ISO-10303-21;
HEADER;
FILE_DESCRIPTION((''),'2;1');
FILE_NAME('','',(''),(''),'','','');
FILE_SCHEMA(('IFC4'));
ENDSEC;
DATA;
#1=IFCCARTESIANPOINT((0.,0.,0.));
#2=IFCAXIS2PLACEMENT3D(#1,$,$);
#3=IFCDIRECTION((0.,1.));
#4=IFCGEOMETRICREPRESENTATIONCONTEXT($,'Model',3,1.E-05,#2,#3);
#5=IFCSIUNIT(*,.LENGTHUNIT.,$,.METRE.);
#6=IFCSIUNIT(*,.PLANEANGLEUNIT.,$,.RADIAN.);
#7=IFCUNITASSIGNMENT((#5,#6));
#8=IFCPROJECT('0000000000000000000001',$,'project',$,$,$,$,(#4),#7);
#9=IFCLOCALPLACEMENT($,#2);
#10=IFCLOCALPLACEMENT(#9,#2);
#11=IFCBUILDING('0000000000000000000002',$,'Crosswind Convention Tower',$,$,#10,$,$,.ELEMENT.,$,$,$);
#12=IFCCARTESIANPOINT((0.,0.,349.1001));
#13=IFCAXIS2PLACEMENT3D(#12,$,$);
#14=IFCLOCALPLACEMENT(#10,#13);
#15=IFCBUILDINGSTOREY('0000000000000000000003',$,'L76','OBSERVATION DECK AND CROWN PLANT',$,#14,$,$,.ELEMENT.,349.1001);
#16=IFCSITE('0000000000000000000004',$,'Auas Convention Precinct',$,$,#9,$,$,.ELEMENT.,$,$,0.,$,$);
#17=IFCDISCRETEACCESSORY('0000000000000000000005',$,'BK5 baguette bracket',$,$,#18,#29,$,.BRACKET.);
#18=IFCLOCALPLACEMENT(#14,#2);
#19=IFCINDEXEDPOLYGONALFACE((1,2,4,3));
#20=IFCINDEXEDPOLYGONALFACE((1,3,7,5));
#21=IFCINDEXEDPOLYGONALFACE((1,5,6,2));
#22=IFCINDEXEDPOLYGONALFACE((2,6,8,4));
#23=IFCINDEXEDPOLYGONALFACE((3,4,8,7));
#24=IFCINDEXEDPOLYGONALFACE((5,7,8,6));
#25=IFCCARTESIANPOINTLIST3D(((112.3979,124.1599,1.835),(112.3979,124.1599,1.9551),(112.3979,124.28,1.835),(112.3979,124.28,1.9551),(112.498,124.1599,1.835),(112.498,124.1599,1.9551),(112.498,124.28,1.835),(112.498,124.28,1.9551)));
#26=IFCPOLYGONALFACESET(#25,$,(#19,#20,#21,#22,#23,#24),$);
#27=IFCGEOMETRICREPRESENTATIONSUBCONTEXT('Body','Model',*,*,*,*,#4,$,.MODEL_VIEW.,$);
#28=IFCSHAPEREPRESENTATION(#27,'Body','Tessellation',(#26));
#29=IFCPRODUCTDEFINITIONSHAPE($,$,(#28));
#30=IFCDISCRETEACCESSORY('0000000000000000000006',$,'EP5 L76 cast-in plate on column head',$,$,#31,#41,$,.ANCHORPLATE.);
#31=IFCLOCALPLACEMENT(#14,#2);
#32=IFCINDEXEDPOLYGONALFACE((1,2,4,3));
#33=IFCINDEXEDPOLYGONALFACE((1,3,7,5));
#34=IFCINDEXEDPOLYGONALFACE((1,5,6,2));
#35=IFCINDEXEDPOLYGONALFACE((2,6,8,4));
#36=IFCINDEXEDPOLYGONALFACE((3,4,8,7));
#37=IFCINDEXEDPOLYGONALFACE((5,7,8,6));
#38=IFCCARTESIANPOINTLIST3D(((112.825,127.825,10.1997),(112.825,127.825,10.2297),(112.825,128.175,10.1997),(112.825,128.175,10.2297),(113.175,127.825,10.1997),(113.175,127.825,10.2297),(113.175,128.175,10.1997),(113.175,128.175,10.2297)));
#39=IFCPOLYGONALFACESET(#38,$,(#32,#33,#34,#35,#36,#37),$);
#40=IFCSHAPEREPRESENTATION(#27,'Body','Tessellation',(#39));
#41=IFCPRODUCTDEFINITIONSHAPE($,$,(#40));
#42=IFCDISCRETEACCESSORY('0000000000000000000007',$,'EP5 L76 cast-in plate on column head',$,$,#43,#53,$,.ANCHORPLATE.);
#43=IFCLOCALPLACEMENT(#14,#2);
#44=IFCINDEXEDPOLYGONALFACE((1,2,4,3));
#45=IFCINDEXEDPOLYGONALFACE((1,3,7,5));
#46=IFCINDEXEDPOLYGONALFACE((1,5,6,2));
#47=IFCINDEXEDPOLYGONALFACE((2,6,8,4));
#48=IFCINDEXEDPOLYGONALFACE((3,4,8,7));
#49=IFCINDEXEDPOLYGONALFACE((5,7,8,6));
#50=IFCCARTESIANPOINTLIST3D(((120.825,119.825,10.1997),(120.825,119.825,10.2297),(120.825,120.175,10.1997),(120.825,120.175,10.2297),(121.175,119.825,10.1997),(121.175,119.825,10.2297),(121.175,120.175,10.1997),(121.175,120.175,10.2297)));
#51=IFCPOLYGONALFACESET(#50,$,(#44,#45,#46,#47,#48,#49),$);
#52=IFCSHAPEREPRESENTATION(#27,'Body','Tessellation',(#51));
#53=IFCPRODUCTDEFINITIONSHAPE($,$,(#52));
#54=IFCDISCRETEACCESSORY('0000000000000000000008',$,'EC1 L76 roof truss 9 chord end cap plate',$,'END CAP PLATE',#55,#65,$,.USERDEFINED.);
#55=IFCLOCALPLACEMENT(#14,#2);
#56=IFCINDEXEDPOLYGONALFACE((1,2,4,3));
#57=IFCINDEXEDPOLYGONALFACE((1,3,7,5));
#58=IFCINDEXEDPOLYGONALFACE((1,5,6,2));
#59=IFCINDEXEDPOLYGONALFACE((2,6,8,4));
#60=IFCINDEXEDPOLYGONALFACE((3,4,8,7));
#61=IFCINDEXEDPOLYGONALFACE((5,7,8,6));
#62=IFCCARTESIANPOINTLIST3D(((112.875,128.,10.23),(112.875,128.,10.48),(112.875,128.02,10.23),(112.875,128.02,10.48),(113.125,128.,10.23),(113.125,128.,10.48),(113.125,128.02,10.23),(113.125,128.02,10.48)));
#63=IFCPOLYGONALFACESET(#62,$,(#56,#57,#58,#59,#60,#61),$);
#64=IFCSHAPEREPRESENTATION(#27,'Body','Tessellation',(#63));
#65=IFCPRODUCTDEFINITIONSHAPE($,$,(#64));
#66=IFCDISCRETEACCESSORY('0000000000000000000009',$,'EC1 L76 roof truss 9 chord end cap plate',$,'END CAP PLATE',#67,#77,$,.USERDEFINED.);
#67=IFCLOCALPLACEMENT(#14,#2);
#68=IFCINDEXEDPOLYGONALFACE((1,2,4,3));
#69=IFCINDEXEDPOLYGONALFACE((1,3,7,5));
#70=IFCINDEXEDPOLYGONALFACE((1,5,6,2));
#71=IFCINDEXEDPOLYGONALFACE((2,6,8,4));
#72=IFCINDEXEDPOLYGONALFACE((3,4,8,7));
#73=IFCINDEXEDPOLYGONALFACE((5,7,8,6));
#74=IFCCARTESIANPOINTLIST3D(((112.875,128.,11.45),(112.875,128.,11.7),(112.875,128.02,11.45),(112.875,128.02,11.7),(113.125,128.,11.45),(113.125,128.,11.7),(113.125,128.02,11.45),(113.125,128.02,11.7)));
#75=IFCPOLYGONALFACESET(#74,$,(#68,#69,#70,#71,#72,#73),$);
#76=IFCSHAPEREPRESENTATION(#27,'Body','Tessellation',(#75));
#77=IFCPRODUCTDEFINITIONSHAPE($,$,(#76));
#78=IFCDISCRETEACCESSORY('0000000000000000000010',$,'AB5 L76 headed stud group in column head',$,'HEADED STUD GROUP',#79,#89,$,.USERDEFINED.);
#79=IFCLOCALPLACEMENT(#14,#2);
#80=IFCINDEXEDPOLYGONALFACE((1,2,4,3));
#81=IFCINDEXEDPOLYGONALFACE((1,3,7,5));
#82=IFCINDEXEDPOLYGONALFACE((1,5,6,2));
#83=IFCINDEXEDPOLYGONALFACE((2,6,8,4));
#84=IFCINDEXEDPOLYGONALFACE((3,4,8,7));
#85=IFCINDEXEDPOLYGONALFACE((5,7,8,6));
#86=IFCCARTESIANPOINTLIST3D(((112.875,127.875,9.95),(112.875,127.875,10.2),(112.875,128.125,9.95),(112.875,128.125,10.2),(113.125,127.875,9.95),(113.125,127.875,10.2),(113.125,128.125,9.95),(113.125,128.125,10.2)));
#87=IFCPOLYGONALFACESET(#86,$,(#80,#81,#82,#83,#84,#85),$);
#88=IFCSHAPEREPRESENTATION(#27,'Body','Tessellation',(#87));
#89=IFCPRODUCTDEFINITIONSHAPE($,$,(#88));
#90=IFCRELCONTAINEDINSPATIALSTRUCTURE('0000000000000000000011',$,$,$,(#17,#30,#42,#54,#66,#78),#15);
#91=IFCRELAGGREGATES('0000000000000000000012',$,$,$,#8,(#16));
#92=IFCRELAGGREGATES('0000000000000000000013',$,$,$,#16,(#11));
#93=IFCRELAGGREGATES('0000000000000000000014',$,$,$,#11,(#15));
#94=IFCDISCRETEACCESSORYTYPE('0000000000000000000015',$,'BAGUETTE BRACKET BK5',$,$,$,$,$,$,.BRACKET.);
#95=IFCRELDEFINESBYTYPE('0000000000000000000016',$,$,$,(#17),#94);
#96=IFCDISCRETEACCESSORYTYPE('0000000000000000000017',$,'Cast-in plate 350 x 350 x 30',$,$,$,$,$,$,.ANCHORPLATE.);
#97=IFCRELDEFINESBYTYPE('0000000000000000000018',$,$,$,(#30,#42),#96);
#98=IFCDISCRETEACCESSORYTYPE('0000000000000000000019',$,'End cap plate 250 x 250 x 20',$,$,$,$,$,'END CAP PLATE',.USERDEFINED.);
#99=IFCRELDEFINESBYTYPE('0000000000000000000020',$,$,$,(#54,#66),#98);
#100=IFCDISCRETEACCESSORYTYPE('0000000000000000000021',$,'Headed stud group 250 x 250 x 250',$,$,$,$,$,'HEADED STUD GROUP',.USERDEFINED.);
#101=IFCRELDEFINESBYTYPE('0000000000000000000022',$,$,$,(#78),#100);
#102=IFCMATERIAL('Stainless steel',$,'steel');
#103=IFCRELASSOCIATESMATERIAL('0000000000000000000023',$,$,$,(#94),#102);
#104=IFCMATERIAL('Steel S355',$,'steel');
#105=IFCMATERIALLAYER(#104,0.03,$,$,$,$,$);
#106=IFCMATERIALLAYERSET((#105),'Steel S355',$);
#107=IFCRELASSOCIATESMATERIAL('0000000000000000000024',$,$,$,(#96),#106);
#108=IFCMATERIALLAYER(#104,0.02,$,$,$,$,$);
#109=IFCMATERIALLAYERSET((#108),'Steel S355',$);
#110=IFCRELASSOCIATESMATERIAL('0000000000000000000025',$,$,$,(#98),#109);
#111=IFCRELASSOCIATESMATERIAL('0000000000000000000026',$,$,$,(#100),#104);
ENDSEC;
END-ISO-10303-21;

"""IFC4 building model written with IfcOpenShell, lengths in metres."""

from ifc_helpers import new_model, si_unit, direction, frame, origin, origin_2d, place, context, subcontext, project, spatial, rectangle, extrude, material, layer, layer_set, type_object, element, save


model = new_model("IFC4")

# Units and contexts
model_context = context("Model", 3, precision=1e-05, world=origin(), true_north=direction((0.0, 1.0)))
body_context = subcontext(model_context, "Body", "Model", "MODEL_VIEW")
ifc_project = project(units=[si_unit("LENGTHUNIT", "METRE"), si_unit("PLANEANGLEUNIT", "RADIAN")], contexts=[model_context])

# Site, building, storey
site_placement = place(None, origin())
site = spatial("IfcSite", under=ifc_project, at=site_placement, Name="Auas Convention Precinct", CompositionType="ELEMENT", RefElevation=0.0)
building_placement = place(site_placement, origin())
building = spatial("IfcBuilding", under=site, at=building_placement, Name="Crosswind Convention Tower", CompositionType="ELEMENT")
storey_placement = place(building_placement, frame((0.0, 0.0, 349.1001)))
storey = spatial("IfcBuildingStorey", under=building, at=storey_placement, Name="L76", Description="OBSERVATION DECK AND CROWN PLANT", CompositionType="ELEMENT", Elevation=349.1001)

# Shared definitions
ifc_material_1 = material(Name="Steel S355", Category="steel")

# Discrete accessories
ifc_material_2 = material(Name="Stainless steel", Category="steel")
discrete_accessory_type_1 = type_object("IfcDiscreteAccessoryType", Name="BAGUETTE BRACKET BK5", PredefinedType="BRACKET", material=ifc_material_2)
discrete_accessory_1_placement = place(storey_placement, frame((112.448, 124.22, 1.835), z_axis=(0.0, 0.0, 1.0), x_axis=(0.0, -1.0, 0.0)))
element("IfcDiscreteAccessory", 1, at=discrete_accessory_1_placement, inside=storey, type_object=discrete_accessory_type_1, Name="BK5 baguette bracket", PredefinedType="BRACKET", context=body_context, shape_type="SweptSolid", body=[
    extrude(rectangle(XDim=0.1201, YDim=0.1001, at=origin_2d()), origin(), (0.0, 0.0, 1.0), 0.1201),
])
ifc_layer_1 = layer(ifc_material_1, 0.03)
ifc_layer_set_1 = layer_set([ifc_layer_1], Name="Steel S355")
discrete_accessory_type_2 = type_object("IfcDiscreteAccessoryType", Name="Cast-in plate 350 x 350 x 30", PredefinedType="ANCHORPLATE", material=ifc_layer_set_1)
for number, where, z_axis, x_axis, name in (
    (2, (113.0, 128.0, 10.1997), (0.0, 0.0, 1.0), (1.0, 0.0, 0.0), "EP5 L76 cast-in plate on column head"),
    (3, (121.0, 120.0, 10.1997), (0.0, 0.0, 1.0), (1.0, 0.0, 0.0), "EP5 L76 cast-in plate on column head"),
):
    element("IfcDiscreteAccessory", number, at=place(storey_placement, frame(where, z_axis=z_axis, x_axis=x_axis)), inside=storey, type_object=discrete_accessory_type_2, Name=name, PredefinedType="ANCHORPLATE", context=body_context, shape_type="SweptSolid", body=[
        extrude(rectangle(XDim=0.3501, YDim=0.3501, at=origin_2d()), origin(), (0.0, 0.0, 1.0), 0.03),
    ])
ifc_layer_2 = layer(ifc_material_1, 0.02)
ifc_layer_set_2 = layer_set([ifc_layer_2], Name="Steel S355")
discrete_accessory_type_3 = type_object("IfcDiscreteAccessoryType", Name="End cap plate 250 x 250 x 20", ElementType="END CAP PLATE", PredefinedType="USERDEFINED", material=ifc_layer_set_2)
for number, where, z_axis, x_axis, name in (
    (4, (113.0, 128.01, 10.23), (0.0, 0.0, 1.0), (1.0, 0.0, 0.0), "EC1 L76 roof truss 9 chord end cap plate"),
    (5, (113.0, 128.01, 11.45), (0.0, 0.0, 1.0), (1.0, 0.0, 0.0), "EC1 L76 roof truss 9 chord end cap plate"),
):
    element("IfcDiscreteAccessory", number, at=place(storey_placement, frame(where, z_axis=z_axis, x_axis=x_axis)), inside=storey, type_object=discrete_accessory_type_3, Name=name, ObjectType="END CAP PLATE", PredefinedType="USERDEFINED", context=body_context, shape_type="SweptSolid", body=[
        extrude(rectangle(XDim=0.25, YDim=0.02, at=origin_2d()), origin(), (0.0, 0.0, 1.0), 0.25),
    ])
discrete_accessory_type_4 = type_object("IfcDiscreteAccessoryType", Name="Headed stud group 250 x 250 x 250", ElementType="HEADED STUD GROUP", PredefinedType="USERDEFINED", material=ifc_material_1)
discrete_accessory_2_placement = place(storey_placement, frame((113.0, 128.0, 9.95), z_axis=(0.0, 0.0, 1.0), x_axis=(1.0, 0.0, 0.0)))
element("IfcDiscreteAccessory", 6, at=discrete_accessory_2_placement, inside=storey, type_object=discrete_accessory_type_4, Name="AB5 L76 headed stud group in column head", ObjectType="HEADED STUD GROUP", PredefinedType="USERDEFINED", context=body_context, shape_type="SweptSolid", body=[
    extrude(rectangle(XDim=0.25, YDim=0.25, at=origin_2d()), origin(), (0.0, 0.0, 1.0), 0.25),
])

save(model, "model.ifc")
